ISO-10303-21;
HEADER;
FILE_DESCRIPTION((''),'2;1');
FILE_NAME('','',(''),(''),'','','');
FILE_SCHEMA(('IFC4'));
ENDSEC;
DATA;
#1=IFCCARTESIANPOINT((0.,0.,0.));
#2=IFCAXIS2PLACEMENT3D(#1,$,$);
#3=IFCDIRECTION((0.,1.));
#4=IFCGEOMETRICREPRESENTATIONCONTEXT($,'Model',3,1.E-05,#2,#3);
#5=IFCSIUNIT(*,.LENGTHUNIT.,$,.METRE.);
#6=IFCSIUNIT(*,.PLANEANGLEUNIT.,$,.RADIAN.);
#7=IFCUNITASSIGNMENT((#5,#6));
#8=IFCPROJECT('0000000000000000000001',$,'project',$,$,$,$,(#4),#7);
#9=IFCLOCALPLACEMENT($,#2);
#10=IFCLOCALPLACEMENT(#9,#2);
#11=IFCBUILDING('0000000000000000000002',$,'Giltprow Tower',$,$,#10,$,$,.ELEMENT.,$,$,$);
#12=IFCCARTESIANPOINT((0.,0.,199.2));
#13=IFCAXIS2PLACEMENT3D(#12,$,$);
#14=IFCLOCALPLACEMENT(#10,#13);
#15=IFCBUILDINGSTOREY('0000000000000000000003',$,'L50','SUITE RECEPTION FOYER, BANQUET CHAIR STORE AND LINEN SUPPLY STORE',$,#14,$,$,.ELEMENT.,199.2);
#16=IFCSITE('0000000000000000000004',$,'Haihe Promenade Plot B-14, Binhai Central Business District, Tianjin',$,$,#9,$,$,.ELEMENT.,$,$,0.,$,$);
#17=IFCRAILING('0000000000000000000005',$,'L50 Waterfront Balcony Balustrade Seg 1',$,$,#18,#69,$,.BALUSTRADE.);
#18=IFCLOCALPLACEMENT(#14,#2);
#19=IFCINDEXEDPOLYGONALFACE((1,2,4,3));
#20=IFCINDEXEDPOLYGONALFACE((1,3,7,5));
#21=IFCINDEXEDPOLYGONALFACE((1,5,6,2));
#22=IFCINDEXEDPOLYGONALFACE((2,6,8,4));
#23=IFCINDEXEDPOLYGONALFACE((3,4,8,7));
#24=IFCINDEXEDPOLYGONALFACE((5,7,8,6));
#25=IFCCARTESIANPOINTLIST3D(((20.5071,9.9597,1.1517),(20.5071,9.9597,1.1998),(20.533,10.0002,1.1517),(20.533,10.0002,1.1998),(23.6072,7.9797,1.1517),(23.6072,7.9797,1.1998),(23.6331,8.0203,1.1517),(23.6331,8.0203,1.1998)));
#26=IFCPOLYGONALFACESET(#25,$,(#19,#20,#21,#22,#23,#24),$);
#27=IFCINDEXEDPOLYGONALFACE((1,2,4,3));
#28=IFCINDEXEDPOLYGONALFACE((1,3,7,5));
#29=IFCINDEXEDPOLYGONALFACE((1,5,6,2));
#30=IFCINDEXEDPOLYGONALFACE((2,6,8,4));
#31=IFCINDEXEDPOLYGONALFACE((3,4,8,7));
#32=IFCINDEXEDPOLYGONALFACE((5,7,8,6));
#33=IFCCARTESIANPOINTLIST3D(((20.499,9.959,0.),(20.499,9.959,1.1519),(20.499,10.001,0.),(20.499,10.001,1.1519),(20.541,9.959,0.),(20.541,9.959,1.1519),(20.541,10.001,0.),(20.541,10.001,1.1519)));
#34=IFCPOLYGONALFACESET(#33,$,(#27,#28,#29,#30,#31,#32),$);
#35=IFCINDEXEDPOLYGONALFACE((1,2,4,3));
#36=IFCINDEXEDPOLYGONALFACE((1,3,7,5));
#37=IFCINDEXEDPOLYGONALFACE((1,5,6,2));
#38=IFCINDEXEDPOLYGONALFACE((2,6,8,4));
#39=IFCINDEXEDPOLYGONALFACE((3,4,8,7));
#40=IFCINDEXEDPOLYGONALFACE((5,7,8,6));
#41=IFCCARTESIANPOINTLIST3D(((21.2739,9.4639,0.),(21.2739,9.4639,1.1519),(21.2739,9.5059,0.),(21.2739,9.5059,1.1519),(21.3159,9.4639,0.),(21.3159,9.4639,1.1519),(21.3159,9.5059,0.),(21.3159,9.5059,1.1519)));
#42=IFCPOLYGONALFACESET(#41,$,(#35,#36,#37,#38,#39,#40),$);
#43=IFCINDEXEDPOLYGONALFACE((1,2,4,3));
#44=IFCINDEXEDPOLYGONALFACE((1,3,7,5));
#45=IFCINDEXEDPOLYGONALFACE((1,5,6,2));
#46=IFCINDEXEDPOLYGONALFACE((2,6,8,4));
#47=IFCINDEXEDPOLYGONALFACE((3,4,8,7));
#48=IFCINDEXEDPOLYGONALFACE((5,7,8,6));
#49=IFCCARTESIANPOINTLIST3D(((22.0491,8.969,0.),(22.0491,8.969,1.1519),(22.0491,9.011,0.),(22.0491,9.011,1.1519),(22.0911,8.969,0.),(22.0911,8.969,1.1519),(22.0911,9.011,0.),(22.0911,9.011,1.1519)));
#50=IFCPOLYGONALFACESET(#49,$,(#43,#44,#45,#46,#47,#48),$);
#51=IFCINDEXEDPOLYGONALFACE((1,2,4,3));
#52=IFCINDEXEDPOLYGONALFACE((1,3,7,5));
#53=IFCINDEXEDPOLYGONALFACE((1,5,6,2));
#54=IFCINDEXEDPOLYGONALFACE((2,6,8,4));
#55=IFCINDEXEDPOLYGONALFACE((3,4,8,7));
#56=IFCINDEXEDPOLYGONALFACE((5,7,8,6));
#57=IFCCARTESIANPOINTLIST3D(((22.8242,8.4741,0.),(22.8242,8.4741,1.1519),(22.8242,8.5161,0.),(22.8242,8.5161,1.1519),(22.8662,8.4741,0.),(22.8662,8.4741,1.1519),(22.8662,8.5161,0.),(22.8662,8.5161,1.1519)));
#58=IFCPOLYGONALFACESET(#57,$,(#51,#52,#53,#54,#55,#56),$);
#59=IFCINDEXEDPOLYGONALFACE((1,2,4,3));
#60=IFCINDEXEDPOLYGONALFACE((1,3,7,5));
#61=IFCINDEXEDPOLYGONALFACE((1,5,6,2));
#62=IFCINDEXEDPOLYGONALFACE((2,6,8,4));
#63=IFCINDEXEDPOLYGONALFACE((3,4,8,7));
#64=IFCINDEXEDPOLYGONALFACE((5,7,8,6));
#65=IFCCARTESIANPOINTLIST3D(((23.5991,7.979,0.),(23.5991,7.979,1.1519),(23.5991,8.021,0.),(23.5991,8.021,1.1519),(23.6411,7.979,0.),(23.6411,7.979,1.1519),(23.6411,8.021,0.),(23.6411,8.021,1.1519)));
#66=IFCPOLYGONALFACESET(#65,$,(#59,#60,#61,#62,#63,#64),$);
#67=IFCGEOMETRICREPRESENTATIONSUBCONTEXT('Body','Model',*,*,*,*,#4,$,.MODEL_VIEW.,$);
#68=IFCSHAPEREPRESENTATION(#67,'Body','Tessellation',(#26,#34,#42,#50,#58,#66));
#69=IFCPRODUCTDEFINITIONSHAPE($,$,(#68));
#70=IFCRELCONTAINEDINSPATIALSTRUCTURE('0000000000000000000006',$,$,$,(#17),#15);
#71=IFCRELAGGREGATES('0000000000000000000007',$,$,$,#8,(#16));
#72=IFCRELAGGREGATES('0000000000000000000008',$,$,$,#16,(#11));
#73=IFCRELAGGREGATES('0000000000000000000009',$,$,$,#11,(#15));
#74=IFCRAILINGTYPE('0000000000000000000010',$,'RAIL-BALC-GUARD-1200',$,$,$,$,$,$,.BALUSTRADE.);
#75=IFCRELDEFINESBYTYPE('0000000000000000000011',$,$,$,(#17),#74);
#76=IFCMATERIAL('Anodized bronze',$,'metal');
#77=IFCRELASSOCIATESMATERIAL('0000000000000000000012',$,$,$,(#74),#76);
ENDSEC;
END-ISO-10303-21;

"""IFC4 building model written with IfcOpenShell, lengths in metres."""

from ifc_helpers import new_model, si_unit, direction, frame, origin, origin_2d, place, context, subcontext, project, spatial, rectangle, extrude, material, type_object, element, save


model = new_model("IFC4")

# Units and contexts
model_context = context("Model", 3, precision=1e-05, world=origin(), true_north=direction((0.0, 1.0)))
body_context = subcontext(model_context, "Body", "Model", "MODEL_VIEW")
ifc_project = project(units=[si_unit("LENGTHUNIT", "METRE"), si_unit("PLANEANGLEUNIT", "RADIAN")], contexts=[model_context])

# Site, building, storey
site_placement = place(None, origin())
site = spatial("IfcSite", under=ifc_project, at=site_placement, Name="Haihe Promenade Plot B-14, Binhai Central Business District, Tianjin", CompositionType="ELEMENT", RefElevation=0.0)
building_placement = place(site_placement, origin())
building = spatial("IfcBuilding", under=site, at=building_placement, Name="Giltprow Tower", CompositionType="ELEMENT")
storey_placement = place(building_placement, frame((0.0, 0.0, 199.2)))
storey = spatial("IfcBuildingStorey", under=building, at=storey_placement, Name="L50", Description="SUITE RECEPTION FOYER, BANQUET CHAIR STORE AND LINEN SUPPLY STORE", CompositionType="ELEMENT", Elevation=199.2)

# Railing
ifc_material_1 = material(Name="Anodized bronze", Category="metal")
railing_type = type_object("IfcRailingType", Name="RAIL-BALC-GUARD-1200", PredefinedType="BALUSTRADE", material=ifc_material_1)
railing_1_placement = place(storey_placement, frame((20.52, 9.98, 0.0)))
element("IfcRailing", 1, at=railing_1_placement, inside=storey, type_object=railing_type, Name="L50 Waterfront Balcony Balustrade Seg 1", PredefinedType="BALUSTRADE", context=body_context, shape_type="SweptSolid", body=[
    extrude(rectangle(XDim=0.0481, YDim=0.0481, at=origin_2d()), frame((0.0, 0.0, 1.1758), z_axis=(0.842775, -0.538266, 0.0), x_axis=(0.538266, 0.842775, 0.0)), (0.0, 0.0, 1.0), 3.6785),
    extrude(rectangle(XDim=0.042, YDim=0.042, at=origin_2d()), origin(), (0.0, 0.0, 1.0), 1.1519),
    extrude(rectangle(XDim=0.042, YDim=0.042, at=origin_2d()), frame((0.7749, -0.4951, 0.0)), (0.0, 0.0, 1.0), 1.1519),
    extrude(rectangle(XDim=0.042, YDim=0.042, at=origin_2d()), frame((1.55, -0.99, 0.0)), (0.0, 0.0, 1.0), 1.1519),
    extrude(rectangle(XDim=0.042, YDim=0.042, at=origin_2d()), frame((2.3252, -1.4849, 0.0)), (0.0, 0.0, 1.0), 1.1519),
    extrude(rectangle(XDim=0.042, YDim=0.042, at=origin_2d()), frame((3.1001, -1.98, 0.0)), (0.0, 0.0, 1.0), 1.1519),
])

save(model, "model.ifc")
